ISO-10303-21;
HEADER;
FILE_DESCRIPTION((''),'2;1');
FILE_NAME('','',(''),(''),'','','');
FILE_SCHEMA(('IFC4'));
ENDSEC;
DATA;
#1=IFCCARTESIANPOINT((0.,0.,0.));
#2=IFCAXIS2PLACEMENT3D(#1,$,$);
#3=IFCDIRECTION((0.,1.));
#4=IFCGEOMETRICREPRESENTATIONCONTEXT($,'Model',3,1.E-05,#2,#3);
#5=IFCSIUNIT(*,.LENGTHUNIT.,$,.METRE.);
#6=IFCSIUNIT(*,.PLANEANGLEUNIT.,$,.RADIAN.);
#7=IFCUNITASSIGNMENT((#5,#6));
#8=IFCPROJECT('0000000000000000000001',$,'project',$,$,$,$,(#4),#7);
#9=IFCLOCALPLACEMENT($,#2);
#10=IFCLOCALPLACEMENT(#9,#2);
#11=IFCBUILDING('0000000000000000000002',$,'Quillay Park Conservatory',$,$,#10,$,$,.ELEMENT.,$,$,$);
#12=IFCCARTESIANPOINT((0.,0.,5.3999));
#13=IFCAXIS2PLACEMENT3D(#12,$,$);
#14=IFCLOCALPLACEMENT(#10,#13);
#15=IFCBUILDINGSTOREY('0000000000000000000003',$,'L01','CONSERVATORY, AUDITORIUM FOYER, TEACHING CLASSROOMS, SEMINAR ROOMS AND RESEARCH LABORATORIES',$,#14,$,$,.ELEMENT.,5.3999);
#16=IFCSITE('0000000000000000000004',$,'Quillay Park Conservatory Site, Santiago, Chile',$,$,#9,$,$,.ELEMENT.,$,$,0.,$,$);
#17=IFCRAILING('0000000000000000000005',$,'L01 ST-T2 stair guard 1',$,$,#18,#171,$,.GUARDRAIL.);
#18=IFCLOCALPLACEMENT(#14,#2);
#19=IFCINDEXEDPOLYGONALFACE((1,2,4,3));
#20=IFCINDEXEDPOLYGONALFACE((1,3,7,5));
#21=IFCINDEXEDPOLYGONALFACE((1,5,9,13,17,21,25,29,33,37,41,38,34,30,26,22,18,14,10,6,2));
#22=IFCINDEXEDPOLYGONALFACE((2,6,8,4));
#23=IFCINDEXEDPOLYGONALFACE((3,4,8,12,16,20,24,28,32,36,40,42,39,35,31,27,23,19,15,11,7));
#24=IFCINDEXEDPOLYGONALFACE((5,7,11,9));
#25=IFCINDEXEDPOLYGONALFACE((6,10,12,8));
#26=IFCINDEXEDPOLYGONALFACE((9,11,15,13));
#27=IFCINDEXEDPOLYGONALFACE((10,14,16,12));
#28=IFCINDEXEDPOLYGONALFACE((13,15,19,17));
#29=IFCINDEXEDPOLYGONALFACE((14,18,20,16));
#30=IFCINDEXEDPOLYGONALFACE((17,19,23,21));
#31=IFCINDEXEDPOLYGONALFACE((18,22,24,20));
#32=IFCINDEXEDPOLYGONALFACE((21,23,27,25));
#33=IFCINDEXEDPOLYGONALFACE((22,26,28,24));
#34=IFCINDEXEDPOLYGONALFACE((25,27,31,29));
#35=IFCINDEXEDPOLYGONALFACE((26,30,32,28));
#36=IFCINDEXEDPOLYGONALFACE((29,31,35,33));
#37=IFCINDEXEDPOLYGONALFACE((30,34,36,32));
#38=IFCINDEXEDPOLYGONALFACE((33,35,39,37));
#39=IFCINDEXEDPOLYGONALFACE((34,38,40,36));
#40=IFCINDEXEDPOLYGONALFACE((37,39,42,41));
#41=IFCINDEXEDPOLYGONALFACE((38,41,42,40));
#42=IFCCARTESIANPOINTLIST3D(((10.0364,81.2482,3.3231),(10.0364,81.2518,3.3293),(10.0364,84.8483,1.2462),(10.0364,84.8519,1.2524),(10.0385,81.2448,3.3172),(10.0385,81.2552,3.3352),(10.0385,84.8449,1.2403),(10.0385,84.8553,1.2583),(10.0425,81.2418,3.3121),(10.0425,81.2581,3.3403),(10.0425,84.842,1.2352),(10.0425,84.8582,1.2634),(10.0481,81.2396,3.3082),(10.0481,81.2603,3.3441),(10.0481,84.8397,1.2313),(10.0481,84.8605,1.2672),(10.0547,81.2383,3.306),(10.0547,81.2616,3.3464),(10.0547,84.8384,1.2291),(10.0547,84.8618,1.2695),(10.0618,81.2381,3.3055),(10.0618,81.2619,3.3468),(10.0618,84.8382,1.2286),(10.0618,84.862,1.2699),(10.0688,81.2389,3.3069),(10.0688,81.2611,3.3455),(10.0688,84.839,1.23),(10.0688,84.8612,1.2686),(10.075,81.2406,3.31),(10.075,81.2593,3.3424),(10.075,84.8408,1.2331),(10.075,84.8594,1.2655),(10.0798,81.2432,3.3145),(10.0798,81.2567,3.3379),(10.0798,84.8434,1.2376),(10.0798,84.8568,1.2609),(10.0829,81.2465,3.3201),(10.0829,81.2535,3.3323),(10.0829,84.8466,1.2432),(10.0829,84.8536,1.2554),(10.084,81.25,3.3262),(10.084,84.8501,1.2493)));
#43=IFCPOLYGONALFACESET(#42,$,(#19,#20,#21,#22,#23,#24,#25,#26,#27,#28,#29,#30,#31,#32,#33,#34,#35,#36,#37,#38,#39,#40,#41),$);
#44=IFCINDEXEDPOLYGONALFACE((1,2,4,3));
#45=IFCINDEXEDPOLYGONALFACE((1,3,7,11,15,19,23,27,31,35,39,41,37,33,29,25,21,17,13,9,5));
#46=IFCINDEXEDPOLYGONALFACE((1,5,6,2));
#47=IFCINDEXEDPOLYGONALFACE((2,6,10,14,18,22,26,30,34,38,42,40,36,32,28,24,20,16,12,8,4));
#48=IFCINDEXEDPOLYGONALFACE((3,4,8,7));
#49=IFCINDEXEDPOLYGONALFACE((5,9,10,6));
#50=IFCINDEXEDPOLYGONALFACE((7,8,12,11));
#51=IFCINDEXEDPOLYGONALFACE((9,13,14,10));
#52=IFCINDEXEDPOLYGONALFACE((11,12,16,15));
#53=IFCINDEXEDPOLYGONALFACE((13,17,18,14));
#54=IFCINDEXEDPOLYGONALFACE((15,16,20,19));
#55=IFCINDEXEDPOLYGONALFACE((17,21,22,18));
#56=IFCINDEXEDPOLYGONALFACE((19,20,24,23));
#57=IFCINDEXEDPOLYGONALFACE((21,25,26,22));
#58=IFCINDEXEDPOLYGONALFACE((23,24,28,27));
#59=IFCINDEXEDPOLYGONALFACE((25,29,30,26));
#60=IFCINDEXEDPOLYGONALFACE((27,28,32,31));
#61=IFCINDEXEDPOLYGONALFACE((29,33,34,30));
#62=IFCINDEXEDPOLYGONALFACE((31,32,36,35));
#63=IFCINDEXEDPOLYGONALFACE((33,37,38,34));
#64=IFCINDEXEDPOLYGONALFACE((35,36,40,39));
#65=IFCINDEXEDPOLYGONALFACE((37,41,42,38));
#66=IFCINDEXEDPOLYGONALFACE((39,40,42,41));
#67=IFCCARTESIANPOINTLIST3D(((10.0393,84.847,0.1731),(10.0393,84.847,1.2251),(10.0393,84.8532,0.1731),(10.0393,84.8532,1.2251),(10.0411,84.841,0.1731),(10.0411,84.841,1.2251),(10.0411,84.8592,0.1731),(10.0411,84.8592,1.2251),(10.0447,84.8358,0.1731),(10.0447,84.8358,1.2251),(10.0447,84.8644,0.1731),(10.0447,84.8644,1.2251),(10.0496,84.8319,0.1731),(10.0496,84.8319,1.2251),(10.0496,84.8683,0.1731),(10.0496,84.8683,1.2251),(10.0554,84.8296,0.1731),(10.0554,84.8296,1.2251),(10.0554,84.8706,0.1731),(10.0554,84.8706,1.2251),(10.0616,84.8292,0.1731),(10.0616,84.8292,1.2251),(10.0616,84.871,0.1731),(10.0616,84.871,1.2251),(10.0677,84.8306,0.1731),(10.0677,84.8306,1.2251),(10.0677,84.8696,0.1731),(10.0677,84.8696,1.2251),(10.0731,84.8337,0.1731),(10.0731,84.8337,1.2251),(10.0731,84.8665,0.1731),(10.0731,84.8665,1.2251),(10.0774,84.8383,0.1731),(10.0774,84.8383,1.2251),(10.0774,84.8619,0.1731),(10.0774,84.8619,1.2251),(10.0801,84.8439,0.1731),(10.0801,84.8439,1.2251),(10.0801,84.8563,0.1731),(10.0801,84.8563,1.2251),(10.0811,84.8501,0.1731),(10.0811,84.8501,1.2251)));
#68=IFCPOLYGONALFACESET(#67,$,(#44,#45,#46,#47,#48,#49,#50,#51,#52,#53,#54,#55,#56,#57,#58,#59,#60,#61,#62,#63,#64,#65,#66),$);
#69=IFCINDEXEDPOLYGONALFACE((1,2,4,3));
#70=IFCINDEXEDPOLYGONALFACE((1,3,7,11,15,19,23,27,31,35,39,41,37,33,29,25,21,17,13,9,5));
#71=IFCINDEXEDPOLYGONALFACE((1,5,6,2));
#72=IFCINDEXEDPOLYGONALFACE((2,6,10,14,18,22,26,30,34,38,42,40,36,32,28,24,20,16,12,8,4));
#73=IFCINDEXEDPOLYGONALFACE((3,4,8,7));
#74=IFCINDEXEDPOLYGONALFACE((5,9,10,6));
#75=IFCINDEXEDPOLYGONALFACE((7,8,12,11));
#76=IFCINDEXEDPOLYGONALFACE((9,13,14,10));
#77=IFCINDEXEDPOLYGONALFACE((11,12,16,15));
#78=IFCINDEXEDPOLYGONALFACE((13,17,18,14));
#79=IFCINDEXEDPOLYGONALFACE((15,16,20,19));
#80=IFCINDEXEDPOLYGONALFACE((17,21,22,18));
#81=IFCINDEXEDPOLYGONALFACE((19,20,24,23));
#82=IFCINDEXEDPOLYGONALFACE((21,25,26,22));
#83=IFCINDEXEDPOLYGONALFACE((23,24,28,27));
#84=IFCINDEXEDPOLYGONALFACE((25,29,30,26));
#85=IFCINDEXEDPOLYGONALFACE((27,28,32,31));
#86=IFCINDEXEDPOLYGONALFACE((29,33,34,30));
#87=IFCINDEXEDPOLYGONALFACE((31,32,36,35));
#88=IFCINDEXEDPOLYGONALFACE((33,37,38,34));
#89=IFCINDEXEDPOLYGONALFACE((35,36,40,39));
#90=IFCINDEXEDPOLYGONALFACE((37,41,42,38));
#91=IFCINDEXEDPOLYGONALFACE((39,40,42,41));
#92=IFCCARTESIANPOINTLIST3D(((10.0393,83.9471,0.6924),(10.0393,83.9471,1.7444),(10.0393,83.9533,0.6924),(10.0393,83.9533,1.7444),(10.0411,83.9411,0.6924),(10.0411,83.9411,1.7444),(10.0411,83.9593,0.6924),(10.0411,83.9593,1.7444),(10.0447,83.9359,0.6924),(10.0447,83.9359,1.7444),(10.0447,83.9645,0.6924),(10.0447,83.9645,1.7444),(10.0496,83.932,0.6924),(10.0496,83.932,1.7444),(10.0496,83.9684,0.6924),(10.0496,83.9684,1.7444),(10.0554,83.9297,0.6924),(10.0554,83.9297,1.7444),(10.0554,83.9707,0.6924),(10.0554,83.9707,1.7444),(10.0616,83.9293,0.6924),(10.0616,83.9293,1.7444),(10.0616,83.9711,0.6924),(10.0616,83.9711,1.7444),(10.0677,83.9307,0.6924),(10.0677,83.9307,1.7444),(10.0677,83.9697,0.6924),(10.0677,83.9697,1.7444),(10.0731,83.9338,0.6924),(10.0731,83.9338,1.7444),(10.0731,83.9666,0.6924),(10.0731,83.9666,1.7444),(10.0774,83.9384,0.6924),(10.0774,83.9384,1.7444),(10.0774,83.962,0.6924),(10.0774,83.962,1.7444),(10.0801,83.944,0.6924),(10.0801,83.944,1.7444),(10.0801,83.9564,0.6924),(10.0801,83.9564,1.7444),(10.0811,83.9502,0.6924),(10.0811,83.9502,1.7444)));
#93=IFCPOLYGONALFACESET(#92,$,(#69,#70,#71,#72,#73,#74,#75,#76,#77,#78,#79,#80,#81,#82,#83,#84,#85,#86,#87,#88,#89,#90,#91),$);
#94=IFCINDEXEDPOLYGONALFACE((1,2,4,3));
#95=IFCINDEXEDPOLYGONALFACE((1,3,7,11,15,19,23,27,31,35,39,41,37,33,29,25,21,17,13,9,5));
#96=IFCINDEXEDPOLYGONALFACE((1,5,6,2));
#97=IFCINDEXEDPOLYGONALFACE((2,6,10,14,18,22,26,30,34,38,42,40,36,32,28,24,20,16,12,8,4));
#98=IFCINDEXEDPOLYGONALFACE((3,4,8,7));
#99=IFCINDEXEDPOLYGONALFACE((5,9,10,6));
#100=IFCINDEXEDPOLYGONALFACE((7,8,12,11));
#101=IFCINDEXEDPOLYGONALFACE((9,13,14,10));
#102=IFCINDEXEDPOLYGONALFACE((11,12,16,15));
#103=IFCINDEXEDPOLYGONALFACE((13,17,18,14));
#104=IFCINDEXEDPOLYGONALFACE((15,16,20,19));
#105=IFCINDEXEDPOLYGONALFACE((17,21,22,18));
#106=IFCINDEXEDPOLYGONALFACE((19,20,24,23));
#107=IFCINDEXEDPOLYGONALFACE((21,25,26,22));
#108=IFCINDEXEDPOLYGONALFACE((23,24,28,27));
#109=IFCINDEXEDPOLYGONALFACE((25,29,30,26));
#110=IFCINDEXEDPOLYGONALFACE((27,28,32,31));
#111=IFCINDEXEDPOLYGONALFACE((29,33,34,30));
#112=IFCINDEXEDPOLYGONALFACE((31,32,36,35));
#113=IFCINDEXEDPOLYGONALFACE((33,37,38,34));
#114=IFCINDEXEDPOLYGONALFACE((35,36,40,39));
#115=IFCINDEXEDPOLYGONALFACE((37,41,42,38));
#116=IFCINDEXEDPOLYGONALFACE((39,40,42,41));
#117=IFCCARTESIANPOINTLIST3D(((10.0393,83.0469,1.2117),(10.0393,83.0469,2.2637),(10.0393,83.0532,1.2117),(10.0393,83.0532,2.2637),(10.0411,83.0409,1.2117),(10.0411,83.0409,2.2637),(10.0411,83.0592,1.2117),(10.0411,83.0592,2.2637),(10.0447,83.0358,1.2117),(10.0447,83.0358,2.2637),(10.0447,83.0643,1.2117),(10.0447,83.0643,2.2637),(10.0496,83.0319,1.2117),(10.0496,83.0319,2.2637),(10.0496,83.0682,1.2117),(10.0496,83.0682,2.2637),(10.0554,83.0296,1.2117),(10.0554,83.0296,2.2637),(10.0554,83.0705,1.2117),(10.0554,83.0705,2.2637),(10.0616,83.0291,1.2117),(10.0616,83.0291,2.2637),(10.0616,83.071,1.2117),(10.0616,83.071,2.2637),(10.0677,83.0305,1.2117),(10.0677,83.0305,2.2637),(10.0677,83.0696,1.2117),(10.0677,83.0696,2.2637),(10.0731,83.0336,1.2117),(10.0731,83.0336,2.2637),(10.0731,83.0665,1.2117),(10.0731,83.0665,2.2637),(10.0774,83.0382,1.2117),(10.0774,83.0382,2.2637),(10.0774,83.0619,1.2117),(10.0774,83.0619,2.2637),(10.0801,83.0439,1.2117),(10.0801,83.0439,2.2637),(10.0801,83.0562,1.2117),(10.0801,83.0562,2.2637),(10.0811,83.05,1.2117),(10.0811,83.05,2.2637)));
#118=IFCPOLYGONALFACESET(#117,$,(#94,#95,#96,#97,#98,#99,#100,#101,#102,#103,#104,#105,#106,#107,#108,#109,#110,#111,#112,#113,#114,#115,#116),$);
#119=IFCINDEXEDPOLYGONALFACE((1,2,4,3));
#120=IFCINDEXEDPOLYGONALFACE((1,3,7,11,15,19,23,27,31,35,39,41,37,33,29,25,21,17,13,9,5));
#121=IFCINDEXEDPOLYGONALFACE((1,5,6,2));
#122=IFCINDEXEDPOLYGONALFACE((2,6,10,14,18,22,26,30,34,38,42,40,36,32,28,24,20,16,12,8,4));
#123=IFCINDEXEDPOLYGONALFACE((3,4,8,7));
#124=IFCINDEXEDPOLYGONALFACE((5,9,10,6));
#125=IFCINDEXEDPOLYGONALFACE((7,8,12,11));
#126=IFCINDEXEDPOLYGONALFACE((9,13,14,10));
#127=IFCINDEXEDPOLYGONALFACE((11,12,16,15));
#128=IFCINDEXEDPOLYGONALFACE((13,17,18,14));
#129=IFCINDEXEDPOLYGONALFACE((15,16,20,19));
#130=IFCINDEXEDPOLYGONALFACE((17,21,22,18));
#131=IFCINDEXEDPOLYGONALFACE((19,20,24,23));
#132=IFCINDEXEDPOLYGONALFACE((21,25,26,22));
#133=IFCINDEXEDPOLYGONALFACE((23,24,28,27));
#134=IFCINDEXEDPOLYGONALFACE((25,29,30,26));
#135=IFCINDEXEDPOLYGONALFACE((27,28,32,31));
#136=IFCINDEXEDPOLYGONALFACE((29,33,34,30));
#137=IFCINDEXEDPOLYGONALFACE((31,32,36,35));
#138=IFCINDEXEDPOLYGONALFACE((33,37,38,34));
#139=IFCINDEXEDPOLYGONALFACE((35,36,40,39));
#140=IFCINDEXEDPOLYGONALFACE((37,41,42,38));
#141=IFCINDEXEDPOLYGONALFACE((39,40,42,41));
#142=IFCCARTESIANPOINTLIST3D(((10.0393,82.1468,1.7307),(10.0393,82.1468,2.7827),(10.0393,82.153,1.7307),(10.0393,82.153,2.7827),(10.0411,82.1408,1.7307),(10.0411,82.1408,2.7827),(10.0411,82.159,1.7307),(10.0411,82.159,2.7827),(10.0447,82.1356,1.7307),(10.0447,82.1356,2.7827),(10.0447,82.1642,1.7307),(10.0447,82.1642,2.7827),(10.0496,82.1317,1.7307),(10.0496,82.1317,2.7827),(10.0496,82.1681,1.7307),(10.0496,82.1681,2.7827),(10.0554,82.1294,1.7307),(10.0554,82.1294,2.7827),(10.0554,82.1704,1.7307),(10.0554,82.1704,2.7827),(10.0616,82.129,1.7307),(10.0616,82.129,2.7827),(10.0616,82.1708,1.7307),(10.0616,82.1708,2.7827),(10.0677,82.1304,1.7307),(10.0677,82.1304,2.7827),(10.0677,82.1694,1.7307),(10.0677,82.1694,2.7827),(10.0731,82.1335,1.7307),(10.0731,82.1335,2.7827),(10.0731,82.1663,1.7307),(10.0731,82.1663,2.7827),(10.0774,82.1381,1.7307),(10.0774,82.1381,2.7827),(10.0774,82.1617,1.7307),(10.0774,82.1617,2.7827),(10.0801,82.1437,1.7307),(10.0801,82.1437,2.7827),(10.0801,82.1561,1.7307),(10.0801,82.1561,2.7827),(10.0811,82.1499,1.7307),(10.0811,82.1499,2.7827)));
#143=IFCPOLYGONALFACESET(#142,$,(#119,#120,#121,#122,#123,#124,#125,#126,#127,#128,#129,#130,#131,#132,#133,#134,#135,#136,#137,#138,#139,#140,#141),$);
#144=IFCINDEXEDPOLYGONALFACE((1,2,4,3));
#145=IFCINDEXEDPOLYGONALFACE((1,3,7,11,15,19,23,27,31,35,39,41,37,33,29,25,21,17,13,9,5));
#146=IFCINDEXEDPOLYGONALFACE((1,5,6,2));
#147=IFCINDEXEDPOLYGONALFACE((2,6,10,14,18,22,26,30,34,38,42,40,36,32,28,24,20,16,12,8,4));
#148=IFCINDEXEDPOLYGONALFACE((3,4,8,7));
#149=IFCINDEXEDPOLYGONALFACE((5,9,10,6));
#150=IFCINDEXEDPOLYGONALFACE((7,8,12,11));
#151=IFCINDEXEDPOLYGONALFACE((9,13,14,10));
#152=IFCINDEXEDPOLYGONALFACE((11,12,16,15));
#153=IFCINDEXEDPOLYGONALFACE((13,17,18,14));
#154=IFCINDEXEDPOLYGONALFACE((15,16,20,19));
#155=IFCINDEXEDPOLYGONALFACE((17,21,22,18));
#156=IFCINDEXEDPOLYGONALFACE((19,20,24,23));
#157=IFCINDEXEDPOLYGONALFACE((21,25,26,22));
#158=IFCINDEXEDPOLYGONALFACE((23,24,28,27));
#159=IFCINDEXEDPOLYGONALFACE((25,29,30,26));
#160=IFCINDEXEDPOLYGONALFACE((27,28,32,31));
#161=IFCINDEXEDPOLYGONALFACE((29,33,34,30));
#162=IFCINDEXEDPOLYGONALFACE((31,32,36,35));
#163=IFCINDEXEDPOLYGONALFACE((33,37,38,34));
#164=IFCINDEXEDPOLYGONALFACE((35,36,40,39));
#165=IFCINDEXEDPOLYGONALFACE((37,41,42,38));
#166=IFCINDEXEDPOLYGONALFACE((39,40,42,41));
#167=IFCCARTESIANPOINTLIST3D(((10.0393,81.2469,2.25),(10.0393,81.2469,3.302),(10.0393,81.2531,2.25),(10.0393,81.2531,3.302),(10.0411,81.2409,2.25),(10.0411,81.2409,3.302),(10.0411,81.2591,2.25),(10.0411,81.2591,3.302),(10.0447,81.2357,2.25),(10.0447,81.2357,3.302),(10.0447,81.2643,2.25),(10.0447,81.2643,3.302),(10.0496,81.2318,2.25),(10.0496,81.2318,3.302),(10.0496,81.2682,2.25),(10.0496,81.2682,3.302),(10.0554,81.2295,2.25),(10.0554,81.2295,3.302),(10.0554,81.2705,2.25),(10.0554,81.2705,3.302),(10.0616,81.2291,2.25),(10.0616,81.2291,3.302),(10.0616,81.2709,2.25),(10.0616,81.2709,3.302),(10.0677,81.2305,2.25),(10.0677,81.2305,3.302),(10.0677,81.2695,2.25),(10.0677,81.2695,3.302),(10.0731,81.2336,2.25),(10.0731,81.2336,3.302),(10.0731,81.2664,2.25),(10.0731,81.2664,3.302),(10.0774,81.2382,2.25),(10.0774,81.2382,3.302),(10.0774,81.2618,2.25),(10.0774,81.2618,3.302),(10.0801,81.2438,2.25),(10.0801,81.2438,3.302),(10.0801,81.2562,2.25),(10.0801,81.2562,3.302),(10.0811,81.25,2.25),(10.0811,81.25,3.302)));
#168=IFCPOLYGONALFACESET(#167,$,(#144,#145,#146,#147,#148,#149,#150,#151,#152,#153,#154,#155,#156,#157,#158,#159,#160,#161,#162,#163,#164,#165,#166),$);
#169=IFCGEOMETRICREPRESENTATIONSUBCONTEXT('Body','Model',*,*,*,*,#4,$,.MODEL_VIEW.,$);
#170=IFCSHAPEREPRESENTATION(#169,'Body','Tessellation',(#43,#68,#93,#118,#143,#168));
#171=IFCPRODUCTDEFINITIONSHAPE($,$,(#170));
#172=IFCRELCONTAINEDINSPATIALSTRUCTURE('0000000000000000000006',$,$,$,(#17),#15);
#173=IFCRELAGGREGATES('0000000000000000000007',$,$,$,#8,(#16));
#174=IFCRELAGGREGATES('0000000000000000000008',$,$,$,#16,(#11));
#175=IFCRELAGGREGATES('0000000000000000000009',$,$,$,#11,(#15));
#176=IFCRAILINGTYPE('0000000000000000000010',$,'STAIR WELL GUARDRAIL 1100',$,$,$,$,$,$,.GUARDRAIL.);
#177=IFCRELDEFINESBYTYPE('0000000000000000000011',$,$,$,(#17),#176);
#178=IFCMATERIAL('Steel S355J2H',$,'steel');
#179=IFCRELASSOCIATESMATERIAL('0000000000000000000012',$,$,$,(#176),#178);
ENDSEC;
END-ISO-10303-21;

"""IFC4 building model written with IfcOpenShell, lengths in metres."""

from ifc_helpers import new_model, si_unit, direction, frame, origin, origin_2d, place, context, subcontext, project, spatial, circle, extrude, material, type_object, element, save


model = new_model("IFC4")

# Units and contexts
model_context = context("Model", 3, precision=1e-05, world=origin(), true_north=direction((0.0, 1.0)))
body_context = subcontext(model_context, "Body", "Model", "MODEL_VIEW")
ifc_project = project(units=[si_unit("LENGTHUNIT", "METRE"), si_unit("PLANEANGLEUNIT", "RADIAN")], contexts=[model_context])

# Site, building, storey
site_placement = place(None, origin())
site = spatial("IfcSite", under=ifc_project, at=site_placement, Name="Quillay Park Conservatory Site, Santiago, Chile", CompositionType="ELEMENT", RefElevation=0.0)
building_placement = place(site_placement, origin())
building = spatial("IfcBuilding", under=site, at=building_placement, Name="Quillay Park Conservatory", CompositionType="ELEMENT")
storey_placement = place(building_placement, frame((0.0, 0.0, 5.3999)))
storey = spatial("IfcBuildingStorey", under=building, at=storey_placement, Name="L01", Description="CONSERVATORY, AUDITORIUM FOYER, TEACHING CLASSROOMS, SEMINAR ROOMS AND RESEARCH LABORATORIES", CompositionType="ELEMENT", Elevation=5.3999)

# Railing
ifc_material_1 = material(Name="Steel S355J2H", Category="steel")
railing_type_1 = type_object("IfcRailingType", Name="STAIR WELL GUARDRAIL 1100", PredefinedType="GUARDRAIL", material=ifc_material_1)
railing_1_placement = place(storey_placement, frame((10.0601, 84.8501, 0.1731)))
element("IfcRailing", 1, at=railing_1_placement, inside=storey, type_object=railing_type_1, Name="L01 ST-T2 stair guard 1", PredefinedType="GUARDRAIL", context=body_context, shape_type="SweptSolid", body=[
    extrude(circle(Radius=0.0239, at=origin_2d()), frame((0.0, 0.0, 1.0762), z_axis=(0.0, -0.866193, 0.499709), x_axis=(1.0, 0.0, 0.0)), (0.0, 0.0, 1.0), 4.1562),
    extrude(circle(Radius=0.021, at=origin_2d()), origin(), (0.0, 0.0, 1.0), 1.052),
    extrude(circle(Radius=0.021, at=origin_2d()), frame((0.0, -0.8999, 0.5193)), (0.0, 0.0, 1.0), 1.052),
    extrude(circle(Radius=0.021, at=origin_2d()), frame((0.0, -1.8, 1.0386)), (0.0, 0.0, 1.0), 1.052),
    extrude(circle(Radius=0.021, at=origin_2d()), frame((0.0, -2.7002, 1.5576)), (0.0, 0.0, 1.0), 1.052),
    extrude(circle(Radius=0.021, at=origin_2d()), frame((0.0, -3.6001, 2.0769)), (0.0, 0.0, 1.0), 1.052),
])

save(model, "model.ifc")
